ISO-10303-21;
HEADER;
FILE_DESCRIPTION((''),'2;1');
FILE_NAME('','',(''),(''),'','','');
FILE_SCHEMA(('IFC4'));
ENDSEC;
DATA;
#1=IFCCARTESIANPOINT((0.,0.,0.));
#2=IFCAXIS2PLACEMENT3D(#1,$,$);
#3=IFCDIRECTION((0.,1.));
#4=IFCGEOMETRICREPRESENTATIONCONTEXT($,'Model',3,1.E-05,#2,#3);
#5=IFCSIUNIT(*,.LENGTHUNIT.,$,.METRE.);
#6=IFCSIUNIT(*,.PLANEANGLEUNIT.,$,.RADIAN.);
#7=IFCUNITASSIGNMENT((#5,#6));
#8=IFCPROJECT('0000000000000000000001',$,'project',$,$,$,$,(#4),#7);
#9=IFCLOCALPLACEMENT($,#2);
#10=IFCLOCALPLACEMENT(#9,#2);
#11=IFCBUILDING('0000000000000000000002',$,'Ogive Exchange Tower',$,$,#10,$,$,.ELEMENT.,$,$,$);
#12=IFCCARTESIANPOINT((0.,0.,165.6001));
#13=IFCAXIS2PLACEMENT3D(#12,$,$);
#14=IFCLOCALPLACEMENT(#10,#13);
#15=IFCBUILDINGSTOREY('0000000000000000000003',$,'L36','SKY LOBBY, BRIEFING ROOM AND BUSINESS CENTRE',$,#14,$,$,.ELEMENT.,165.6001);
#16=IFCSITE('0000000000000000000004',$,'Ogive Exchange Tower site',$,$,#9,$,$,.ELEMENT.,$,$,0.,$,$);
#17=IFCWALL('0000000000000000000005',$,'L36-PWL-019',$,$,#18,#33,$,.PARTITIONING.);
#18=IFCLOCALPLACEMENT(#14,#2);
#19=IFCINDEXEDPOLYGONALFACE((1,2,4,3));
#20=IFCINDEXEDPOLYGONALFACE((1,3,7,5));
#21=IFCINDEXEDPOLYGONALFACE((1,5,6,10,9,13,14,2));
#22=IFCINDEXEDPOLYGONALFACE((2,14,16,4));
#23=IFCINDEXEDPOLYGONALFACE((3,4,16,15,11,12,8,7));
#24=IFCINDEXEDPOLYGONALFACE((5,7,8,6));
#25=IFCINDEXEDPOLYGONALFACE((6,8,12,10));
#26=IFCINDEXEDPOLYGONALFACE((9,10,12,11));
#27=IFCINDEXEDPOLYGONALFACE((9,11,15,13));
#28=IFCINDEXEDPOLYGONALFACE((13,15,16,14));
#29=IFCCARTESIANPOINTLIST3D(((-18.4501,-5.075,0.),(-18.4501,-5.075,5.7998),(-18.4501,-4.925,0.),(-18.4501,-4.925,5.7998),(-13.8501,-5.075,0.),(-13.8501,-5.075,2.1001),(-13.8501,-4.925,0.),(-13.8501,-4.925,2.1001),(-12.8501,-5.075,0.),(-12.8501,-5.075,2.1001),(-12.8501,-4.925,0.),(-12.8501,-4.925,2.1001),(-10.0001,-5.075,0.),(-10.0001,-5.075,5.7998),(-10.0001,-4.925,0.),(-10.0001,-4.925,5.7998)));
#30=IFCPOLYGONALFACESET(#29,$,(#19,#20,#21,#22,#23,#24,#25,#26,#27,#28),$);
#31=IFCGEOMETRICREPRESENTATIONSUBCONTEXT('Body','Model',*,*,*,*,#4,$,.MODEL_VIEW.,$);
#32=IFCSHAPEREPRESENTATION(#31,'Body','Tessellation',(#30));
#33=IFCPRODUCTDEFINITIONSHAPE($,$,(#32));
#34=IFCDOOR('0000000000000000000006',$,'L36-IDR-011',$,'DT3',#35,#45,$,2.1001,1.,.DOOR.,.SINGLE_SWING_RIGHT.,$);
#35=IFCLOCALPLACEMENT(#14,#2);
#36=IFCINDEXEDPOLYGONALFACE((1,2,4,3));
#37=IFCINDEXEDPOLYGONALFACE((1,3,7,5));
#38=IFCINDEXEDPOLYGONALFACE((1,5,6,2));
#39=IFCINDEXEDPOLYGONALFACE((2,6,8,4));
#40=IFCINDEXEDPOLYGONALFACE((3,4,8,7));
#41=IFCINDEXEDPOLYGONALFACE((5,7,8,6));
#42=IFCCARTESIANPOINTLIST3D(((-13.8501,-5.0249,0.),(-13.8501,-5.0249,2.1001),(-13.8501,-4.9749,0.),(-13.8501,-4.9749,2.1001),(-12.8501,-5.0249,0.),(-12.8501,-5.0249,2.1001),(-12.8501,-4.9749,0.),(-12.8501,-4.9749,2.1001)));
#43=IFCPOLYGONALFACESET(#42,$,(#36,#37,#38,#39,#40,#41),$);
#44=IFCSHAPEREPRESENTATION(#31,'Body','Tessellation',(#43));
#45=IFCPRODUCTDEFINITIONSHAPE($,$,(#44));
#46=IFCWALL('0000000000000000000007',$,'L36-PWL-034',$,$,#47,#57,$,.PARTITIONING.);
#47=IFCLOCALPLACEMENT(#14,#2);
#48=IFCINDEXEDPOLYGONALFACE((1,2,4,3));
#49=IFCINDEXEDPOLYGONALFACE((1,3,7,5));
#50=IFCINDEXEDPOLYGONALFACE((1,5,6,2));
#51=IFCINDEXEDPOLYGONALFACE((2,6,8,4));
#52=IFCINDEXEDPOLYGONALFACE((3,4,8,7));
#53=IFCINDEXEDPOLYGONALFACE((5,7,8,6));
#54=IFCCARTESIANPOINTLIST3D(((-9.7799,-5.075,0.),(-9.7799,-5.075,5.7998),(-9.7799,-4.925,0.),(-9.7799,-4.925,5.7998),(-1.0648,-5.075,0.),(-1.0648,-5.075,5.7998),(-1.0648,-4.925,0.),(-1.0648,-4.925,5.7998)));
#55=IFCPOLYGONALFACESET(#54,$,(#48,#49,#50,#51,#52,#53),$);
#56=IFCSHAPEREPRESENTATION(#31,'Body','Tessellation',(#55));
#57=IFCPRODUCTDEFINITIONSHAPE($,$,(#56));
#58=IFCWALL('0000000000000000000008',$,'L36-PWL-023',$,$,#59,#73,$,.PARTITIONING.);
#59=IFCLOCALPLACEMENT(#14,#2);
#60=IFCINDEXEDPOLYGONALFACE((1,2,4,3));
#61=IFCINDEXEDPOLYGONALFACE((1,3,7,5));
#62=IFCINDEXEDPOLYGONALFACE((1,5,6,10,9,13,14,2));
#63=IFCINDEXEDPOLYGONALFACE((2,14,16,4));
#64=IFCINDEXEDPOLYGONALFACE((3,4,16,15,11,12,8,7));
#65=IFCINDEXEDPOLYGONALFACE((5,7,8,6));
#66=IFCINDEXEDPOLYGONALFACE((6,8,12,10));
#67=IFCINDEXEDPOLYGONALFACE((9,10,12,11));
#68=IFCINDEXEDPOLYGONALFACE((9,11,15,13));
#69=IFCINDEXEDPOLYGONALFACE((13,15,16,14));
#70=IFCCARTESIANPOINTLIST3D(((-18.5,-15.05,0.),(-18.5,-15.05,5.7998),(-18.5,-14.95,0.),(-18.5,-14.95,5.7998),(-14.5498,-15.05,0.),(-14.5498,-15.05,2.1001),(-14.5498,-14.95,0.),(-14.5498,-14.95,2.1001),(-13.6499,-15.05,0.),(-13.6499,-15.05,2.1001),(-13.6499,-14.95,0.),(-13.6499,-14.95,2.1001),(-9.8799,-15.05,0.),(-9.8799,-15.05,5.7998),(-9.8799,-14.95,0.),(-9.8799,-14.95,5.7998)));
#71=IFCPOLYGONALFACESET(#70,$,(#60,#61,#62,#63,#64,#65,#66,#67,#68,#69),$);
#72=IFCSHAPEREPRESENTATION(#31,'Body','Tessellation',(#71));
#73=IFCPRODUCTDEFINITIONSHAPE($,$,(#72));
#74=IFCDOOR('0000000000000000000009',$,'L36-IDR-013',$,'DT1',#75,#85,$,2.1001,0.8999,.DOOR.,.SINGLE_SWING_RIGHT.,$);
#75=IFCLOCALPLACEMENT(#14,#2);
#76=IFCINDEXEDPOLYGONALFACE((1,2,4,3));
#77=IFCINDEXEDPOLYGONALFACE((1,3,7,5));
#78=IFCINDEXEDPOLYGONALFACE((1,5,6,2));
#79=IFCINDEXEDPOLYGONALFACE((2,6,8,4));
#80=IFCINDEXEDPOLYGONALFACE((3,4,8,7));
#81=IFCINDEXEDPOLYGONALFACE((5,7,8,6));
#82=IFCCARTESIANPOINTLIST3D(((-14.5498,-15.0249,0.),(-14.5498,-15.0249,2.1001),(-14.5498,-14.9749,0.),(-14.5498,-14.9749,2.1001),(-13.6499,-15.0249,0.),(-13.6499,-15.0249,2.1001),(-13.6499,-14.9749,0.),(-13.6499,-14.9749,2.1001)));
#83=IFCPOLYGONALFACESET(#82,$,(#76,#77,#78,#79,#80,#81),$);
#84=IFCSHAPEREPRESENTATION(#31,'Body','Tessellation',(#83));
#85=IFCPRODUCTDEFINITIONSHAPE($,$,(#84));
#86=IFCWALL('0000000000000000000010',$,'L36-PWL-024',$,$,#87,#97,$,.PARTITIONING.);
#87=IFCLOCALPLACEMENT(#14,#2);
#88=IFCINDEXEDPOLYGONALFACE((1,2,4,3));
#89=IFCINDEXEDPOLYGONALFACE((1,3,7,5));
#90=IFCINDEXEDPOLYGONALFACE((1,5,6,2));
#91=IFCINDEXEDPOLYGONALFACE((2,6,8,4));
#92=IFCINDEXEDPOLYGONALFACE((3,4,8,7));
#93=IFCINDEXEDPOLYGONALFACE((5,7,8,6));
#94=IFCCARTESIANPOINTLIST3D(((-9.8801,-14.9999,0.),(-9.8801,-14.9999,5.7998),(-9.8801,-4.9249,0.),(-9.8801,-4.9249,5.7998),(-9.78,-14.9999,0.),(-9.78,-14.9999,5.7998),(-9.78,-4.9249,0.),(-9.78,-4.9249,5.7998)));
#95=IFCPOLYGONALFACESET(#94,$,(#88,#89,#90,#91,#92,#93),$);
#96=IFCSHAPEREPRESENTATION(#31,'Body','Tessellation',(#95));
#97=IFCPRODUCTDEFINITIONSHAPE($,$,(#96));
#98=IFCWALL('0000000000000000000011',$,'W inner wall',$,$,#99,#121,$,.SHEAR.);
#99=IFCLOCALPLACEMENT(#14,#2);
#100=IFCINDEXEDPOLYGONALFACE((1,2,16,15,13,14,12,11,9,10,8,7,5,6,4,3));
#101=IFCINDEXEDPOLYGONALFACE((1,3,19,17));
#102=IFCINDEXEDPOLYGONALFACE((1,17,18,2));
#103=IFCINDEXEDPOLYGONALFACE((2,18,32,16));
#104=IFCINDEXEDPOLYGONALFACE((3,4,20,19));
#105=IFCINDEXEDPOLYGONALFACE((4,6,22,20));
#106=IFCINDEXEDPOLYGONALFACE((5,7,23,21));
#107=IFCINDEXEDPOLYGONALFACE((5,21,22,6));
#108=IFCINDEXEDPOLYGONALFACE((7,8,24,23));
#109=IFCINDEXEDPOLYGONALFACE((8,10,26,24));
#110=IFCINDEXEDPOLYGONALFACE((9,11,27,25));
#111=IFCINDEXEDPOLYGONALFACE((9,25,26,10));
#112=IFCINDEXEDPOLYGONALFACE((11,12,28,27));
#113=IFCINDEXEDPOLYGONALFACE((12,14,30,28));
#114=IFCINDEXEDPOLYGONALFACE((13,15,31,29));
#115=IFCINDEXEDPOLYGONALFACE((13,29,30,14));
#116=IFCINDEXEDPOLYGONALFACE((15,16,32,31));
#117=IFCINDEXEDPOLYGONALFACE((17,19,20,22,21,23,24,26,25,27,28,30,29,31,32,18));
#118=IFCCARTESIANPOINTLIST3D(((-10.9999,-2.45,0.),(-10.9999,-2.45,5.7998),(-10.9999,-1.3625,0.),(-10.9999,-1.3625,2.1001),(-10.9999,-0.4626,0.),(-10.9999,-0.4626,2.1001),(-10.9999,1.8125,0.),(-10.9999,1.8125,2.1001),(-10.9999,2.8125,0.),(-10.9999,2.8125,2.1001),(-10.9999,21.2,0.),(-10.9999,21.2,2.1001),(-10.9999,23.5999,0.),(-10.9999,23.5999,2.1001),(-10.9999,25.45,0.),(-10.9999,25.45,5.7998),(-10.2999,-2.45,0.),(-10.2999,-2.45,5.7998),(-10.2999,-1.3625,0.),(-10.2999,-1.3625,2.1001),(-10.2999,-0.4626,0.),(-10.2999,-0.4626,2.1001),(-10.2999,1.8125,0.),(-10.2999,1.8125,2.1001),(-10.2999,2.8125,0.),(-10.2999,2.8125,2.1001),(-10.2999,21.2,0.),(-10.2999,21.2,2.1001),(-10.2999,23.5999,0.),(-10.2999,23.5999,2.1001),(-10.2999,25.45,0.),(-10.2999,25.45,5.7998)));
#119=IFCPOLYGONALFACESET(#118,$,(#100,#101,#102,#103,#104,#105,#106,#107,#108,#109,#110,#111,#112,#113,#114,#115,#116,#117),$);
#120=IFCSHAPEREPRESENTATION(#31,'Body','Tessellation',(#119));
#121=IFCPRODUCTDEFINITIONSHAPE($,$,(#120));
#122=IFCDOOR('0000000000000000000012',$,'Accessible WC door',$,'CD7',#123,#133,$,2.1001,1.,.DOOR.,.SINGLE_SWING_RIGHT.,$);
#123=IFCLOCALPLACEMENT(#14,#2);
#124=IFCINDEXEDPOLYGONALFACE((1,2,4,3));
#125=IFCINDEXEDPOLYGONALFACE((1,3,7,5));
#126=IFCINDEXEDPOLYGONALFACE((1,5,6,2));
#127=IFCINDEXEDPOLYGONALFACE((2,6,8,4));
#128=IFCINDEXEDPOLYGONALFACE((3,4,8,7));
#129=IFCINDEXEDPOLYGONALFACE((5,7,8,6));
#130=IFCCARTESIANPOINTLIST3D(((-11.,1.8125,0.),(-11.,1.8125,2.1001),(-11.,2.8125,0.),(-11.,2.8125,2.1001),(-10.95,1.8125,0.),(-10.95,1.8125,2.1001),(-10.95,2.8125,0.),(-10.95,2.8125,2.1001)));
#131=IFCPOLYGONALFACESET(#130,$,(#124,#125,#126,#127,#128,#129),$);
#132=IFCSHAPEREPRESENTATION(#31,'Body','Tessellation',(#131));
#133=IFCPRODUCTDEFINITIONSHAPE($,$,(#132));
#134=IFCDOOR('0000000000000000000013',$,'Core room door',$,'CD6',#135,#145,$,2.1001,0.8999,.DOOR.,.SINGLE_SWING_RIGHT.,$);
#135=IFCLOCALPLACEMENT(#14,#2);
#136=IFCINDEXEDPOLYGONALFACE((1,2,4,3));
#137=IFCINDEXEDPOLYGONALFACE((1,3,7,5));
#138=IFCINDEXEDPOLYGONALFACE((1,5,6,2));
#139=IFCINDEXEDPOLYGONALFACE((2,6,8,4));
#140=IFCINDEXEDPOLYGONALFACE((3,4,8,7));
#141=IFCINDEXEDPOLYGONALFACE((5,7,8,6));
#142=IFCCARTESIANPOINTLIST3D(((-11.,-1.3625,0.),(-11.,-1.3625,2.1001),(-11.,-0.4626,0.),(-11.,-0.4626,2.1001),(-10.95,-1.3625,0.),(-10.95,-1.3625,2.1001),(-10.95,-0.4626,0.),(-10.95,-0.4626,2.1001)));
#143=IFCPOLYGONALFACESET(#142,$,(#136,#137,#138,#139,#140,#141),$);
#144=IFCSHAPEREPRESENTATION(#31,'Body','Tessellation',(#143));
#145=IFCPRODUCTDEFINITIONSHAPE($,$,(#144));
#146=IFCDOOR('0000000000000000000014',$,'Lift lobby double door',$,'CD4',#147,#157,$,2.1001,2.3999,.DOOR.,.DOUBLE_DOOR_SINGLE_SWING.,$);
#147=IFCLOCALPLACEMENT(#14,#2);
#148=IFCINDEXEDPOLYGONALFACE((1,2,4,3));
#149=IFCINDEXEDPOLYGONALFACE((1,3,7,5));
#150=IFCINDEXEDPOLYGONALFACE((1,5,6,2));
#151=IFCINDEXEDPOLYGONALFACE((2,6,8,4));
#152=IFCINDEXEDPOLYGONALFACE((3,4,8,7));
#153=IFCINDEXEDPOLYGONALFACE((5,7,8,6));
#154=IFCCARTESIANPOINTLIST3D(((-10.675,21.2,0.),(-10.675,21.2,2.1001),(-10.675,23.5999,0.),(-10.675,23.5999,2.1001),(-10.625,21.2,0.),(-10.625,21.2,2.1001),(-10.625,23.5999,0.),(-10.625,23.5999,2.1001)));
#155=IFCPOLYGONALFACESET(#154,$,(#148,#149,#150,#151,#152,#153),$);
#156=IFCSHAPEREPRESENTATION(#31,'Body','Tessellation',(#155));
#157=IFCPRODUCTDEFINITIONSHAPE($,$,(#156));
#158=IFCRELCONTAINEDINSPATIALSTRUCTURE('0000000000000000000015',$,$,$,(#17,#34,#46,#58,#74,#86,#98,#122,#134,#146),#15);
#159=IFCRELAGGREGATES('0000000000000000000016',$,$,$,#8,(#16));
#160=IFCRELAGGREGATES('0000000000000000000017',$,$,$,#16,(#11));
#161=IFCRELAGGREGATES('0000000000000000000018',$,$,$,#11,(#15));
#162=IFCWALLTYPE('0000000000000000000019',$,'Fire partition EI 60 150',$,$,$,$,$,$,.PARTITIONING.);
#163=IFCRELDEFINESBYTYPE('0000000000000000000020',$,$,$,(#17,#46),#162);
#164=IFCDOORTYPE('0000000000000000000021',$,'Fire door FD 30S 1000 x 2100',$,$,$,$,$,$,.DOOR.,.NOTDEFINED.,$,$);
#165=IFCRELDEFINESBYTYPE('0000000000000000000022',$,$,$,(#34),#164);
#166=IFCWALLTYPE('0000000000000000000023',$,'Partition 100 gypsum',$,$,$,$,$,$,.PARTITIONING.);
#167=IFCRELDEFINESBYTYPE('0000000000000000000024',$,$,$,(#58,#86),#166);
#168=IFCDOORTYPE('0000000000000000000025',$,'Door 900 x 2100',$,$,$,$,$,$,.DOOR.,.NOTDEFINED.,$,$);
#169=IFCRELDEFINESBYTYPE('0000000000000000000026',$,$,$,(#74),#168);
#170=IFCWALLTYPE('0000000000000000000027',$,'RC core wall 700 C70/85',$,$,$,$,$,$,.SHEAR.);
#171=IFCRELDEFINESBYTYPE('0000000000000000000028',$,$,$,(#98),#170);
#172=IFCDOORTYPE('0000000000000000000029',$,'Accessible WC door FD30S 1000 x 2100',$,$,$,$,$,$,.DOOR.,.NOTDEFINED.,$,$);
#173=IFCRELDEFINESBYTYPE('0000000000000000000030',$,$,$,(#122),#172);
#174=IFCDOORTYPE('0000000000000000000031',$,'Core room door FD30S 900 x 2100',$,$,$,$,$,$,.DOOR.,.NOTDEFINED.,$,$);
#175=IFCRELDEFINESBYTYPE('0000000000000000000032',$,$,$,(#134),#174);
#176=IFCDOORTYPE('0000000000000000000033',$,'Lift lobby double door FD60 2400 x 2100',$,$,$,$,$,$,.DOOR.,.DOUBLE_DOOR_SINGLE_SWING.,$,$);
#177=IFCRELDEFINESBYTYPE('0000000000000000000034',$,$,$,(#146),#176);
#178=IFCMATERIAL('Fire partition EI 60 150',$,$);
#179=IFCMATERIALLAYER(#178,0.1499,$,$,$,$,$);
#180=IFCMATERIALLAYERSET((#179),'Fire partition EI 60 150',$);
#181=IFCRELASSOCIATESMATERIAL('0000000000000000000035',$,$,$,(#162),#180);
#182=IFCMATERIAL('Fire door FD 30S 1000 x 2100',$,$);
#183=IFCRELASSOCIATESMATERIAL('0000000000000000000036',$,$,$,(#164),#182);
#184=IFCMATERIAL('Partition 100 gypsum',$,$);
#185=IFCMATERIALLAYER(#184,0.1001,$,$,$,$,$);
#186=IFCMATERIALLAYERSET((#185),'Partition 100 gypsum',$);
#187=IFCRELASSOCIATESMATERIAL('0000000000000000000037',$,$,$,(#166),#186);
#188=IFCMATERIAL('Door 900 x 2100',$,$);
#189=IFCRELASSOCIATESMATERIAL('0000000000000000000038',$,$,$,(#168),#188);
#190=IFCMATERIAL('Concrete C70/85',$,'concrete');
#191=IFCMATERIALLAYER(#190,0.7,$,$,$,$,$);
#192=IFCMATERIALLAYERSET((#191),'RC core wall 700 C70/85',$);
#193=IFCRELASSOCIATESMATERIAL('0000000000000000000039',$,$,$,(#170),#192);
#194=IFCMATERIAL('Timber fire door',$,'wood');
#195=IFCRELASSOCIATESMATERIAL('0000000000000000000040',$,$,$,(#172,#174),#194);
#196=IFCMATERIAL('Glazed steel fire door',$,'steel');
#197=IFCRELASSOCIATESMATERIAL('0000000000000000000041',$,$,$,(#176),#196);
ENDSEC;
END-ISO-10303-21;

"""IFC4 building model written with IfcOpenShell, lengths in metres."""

from ifc_helpers import new_model, si_unit, direction, frame, frame_2d, origin, place, context, subcontext, project, spatial, rectangle, extrude, material, layer, layer_set, type_object, element, fill, save


model = new_model("IFC4")

# Units and contexts
model_context = context("Model", 3, precision=1e-05, world=origin(), true_north=direction((0.0, 1.0)))
body_context = subcontext(model_context, "Body", "Model", "MODEL_VIEW")
ifc_project = project(units=[si_unit("LENGTHUNIT", "METRE"), si_unit("PLANEANGLEUNIT", "RADIAN")], contexts=[model_context])

# Site, building, storey
site_placement = place(None, origin())
site = spatial("IfcSite", under=ifc_project, at=site_placement, Name="Ogive Exchange Tower site", CompositionType="ELEMENT", RefElevation=0.0)
building_placement = place(site_placement, origin())
building = spatial("IfcBuilding", under=site, at=building_placement, Name="Ogive Exchange Tower", CompositionType="ELEMENT")
storey_placement = place(building_placement, frame((0.0, 0.0, 165.6001)))
storey = spatial("IfcBuildingStorey", under=building, at=storey_placement, Name="L36", Description="SKY LOBBY, BRIEFING ROOM AND BUSINESS CENTRE", CompositionType="ELEMENT", Elevation=165.6001)

# Wall, opening, door
ifc_material_1 = material(Name="Fire partition EI 60 150")
ifc_layer_1 = layer(ifc_material_1, 0.1499)
ifc_layer_set_1 = layer_set([ifc_layer_1], Name="Fire partition EI 60 150")
wall_type_1 = type_object("IfcWallType", Name="Fire partition EI 60 150", PredefinedType="PARTITIONING", material=ifc_layer_set_1)
wall_1_placement = place(storey_placement, frame((-10.0, -5.0, 0.0), z_axis=(0.0, 0.0, 1.0), x_axis=(-1.0, 0.0, 0.0)))
wall_1 = element("IfcWall", 1, at=wall_1_placement, inside=storey, type_object=wall_type_1, Name="L36-PWL-019", PredefinedType="PARTITIONING", context=body_context, shape_type="SweptSolid", body=[
    extrude(rectangle(XDim=8.45, YDim=0.1499, at=frame_2d((4.2251, 0.0))), origin(), (0.0, 0.0, 1.0), 5.7998),
])
opening_1_placement = place(wall_1_placement, frame((2.8501, 0.0, 0.0)))
opening_1 = element("IfcOpeningElement", 2, at=opening_1_placement, cuts=wall_1, PredefinedType="OPENING", context=body_context, shape_type="SweptSolid", body=[
    extrude(rectangle(XDim=1.0, YDim=2.1001, at=frame_2d((0.5, 1.05))), frame((0.0, 0.085, 0.0), z_axis=(0.0, -1.0, 0.0), x_axis=(1.0, 0.0, 0.0)), (0.0, 0.0, 1.0), 0.1699),
])
ifc_material_2 = material(Name="Fire door FD 30S 1000 x 2100")
door_type_1 = type_object("IfcDoorType", Name="Fire door FD 30S 1000 x 2100", OperationType="NOTDEFINED", PredefinedType="DOOR", material=ifc_material_2)
door_1_placement = place(opening_1_placement, origin())
door_1 = element("IfcDoor", 3, at=door_1_placement, inside=storey, type_object=door_type_1, Name="L36-IDR-011", ObjectType="DT3", OperationType="SINGLE_SWING_RIGHT", OverallHeight=2.1001, OverallWidth=1.0, PredefinedType="DOOR", context=body_context, shape_type="SweptSolid", body=[
    extrude(rectangle(XDim=1.0, YDim=2.1001, at=frame_2d((0.5, 1.05))), frame((0.0, 0.0249, 0.0), z_axis=(0.0, -1.0, 0.0), x_axis=(1.0, 0.0, 0.0)), (0.0, 0.0, 1.0), 0.05),
])
fill(opening_1, door_1)

# Wall
wall_2_placement = place(storey_placement, frame((-1.0649, -5.0, 0.0), z_axis=(0.0, 0.0, 1.0), x_axis=(-1.0, 0.0, 0.0)))
element("IfcWall", 4, at=wall_2_placement, inside=storey, type_object=wall_type_1, Name="L36-PWL-034", PredefinedType="PARTITIONING", context=body_context, shape_type="SweptSolid", body=[
    extrude(rectangle(XDim=8.7151, YDim=0.1499, at=frame_2d((4.3574, 0.0))), origin(), (0.0, 0.0, 1.0), 5.7998),
])

# Wall, opening, door
ifc_material_3 = material(Name="Partition 100 gypsum")
ifc_layer_2 = layer(ifc_material_3, 0.1001)
ifc_layer_set_2 = layer_set([ifc_layer_2], Name="Partition 100 gypsum")
wall_type_2 = type_object("IfcWallType", Name="Partition 100 gypsum", PredefinedType="PARTITIONING", material=ifc_layer_set_2)
wall_3_placement = place(storey_placement, frame((-9.8799, -15.0, 0.0), z_axis=(0.0, 0.0, 1.0), x_axis=(-1.0, 0.0, 0.0)))
wall_3 = element("IfcWall", 5, at=wall_3_placement, inside=storey, type_object=wall_type_2, Name="L36-PWL-023", PredefinedType="PARTITIONING", context=body_context, shape_type="SweptSolid", body=[
    extrude(rectangle(XDim=8.6201, YDim=0.1001, at=frame_2d((4.3101, 0.0))), origin(), (0.0, 0.0, 1.0), 5.7998),
])
opening_2_placement = place(wall_3_placement, frame((3.77, 0.0, 0.0)))
opening_2 = element("IfcOpeningElement", 6, at=opening_2_placement, cuts=wall_3, PredefinedType="OPENING", context=body_context, shape_type="SweptSolid", body=[
    extrude(rectangle(XDim=0.8999, YDim=2.1001, at=frame_2d((0.45, 1.05))), frame((0.0, 0.0601, 0.0), z_axis=(0.0, -1.0, 0.0), x_axis=(1.0, 0.0, 0.0)), (0.0, 0.0, 1.0), 0.1201),
])
ifc_material_4 = material(Name="Door 900 x 2100")
door_type_2 = type_object("IfcDoorType", Name="Door 900 x 2100", OperationType="NOTDEFINED", PredefinedType="DOOR", material=ifc_material_4)
door_2_placement = place(opening_2_placement, origin())
door_2 = element("IfcDoor", 7, at=door_2_placement, inside=storey, type_object=door_type_2, Name="L36-IDR-013", ObjectType="DT1", OperationType="SINGLE_SWING_RIGHT", OverallHeight=2.1001, OverallWidth=0.8999, PredefinedType="DOOR", context=body_context, shape_type="SweptSolid", body=[
    extrude(rectangle(XDim=0.8999, YDim=2.1001, at=frame_2d((0.45, 1.05))), frame((0.0, 0.0249, 0.0), z_axis=(0.0, -1.0, 0.0), x_axis=(1.0, 0.0, 0.0)), (0.0, 0.0, 1.0), 0.05),
])
fill(opening_2, door_2)

# Wall
wall_4_placement = place(storey_placement, frame((-9.8301, -15.0, 0.0), z_axis=(0.0, 0.0, 1.0), x_axis=(0.0, 1.0, 0.0)))
element("IfcWall", 8, at=wall_4_placement, inside=storey, type_object=wall_type_2, Name="L36-PWL-024", PredefinedType="PARTITIONING", context=body_context, shape_type="SweptSolid", body=[
    extrude(rectangle(XDim=10.075, YDim=0.1001, at=frame_2d((5.0376, 0.0))), origin(), (0.0, 0.0, 1.0), 5.7998),
])

# Wall, openings, doors
ifc_material_5 = material(Name="Concrete C70/85", Category="concrete")
ifc_layer_3 = layer(ifc_material_5, 0.7)
ifc_layer_set_3 = layer_set([ifc_layer_3], Name="RC core wall 700 C70/85")
wall_type_3 = type_object("IfcWallType", Name="RC core wall 700 C70/85", PredefinedType="SHEAR", material=ifc_layer_set_3)
wall_5_placement = place(storey_placement, frame((-10.6499, -2.45, 0.0), z_axis=(0.0, 0.0, 1.0), x_axis=(0.0, 1.0, 0.0)))
wall_5 = element("IfcWall", 9, at=wall_5_placement, inside=storey, type_object=wall_type_3, Name="W inner wall", PredefinedType="SHEAR", context=body_context, shape_type="SweptSolid", body=[
    extrude(rectangle(XDim=27.8999, YDim=0.7, at=frame_2d((13.95, 0.0))), origin(), (0.0, 0.0, 1.0), 5.7998),
])
opening_3_placement = place(wall_5_placement, frame((23.6499, 0.0, 0.0)))
opening_3 = element("IfcOpeningElement", 10, at=opening_3_placement, cuts=wall_5, PredefinedType="OPENING", context=body_context, shape_type="SweptSolid", body=[
    extrude(rectangle(XDim=2.3999, YDim=2.1001, at=frame_2d((1.2, 1.05))), frame((0.0, 0.3599, 0.0), z_axis=(0.0, -1.0, 0.0), x_axis=(1.0, 0.0, 0.0)), (0.0, 0.0, 1.0), 0.72),
])
opening_4_placement = place(wall_5_placement, frame((1.0874, 0.0, 0.0)))
opening_4 = element("IfcOpeningElement", 11, at=opening_4_placement, cuts=wall_5, PredefinedType="OPENING", context=body_context, shape_type="SweptSolid", body=[
    extrude(rectangle(XDim=0.8999, YDim=2.1001, at=frame_2d((0.45, 1.05))), frame((0.0, 0.3599, 0.0), z_axis=(0.0, -1.0, 0.0), x_axis=(1.0, 0.0, 0.0)), (0.0, 0.0, 1.0), 0.72),
])
opening_5_placement = place(wall_5_placement, frame((4.2625, 0.0, 0.0)))
opening_5 = element("IfcOpeningElement", 12, at=opening_5_placement, cuts=wall_5, PredefinedType="OPENING", context=body_context, shape_type="SweptSolid", body=[
    extrude(rectangle(XDim=1.0, YDim=2.1001, at=frame_2d((0.5, 1.05))), frame((0.0, 0.3599, 0.0), z_axis=(0.0, -1.0, 0.0), x_axis=(1.0, 0.0, 0.0)), (0.0, 0.0, 1.0), 0.72),
])
ifc_material_6 = material(Name="Timber fire door", Category="wood")
door_type_3 = type_object("IfcDoorType", Name="Accessible WC door FD30S 1000 x 2100", OperationType="NOTDEFINED", PredefinedType="DOOR", material=ifc_material_6)
door_3_placement = place(opening_5_placement, origin())
door_3 = element("IfcDoor", 13, at=door_3_placement, inside=storey, type_object=door_type_3, Name="Accessible WC door", ObjectType="CD7", OperationType="SINGLE_SWING_RIGHT", OverallHeight=2.1001, OverallWidth=1.0, PredefinedType="DOOR", context=body_context, shape_type="SweptSolid", body=[
    extrude(rectangle(XDim=1.0, YDim=2.1001, at=frame_2d((0.5, 1.05))), frame((0.0, 0.3501, 0.0), z_axis=(0.0, -1.0, 0.0), x_axis=(1.0, 0.0, 0.0)), (0.0, 0.0, 1.0), 0.05),
])
fill(opening_5, door_3)
door_type_4 = type_object("IfcDoorType", Name="Core room door FD30S 900 x 2100", OperationType="NOTDEFINED", PredefinedType="DOOR", material=ifc_material_6)
door_4_placement = place(opening_4_placement, origin())
door_4 = element("IfcDoor", 14, at=door_4_placement, inside=storey, type_object=door_type_4, Name="Core room door", ObjectType="CD6", OperationType="SINGLE_SWING_RIGHT", OverallHeight=2.1001, OverallWidth=0.8999, PredefinedType="DOOR", context=body_context, shape_type="SweptSolid", body=[
    extrude(rectangle(XDim=0.8999, YDim=2.1001, at=frame_2d((0.45, 1.05))), frame((0.0, 0.3501, 0.0), z_axis=(0.0, -1.0, 0.0), x_axis=(1.0, 0.0, 0.0)), (0.0, 0.0, 1.0), 0.05),
])
fill(opening_4, door_4)
ifc_material_7 = material(Name="Glazed steel fire door", Category="steel")
door_type_5 = type_object("IfcDoorType", Name="Lift lobby double door FD60 2400 x 2100", OperationType="DOUBLE_DOOR_SINGLE_SWING", PredefinedType="DOOR", material=ifc_material_7)
door_5_placement = place(opening_3_placement, frame((2.3999, 0.0, 0.0), z_axis=(0.0, 0.0, 1.0), x_axis=(-1.0, 0.0, 0.0)))
door_5 = element("IfcDoor", 15, at=door_5_placement, inside=storey, type_object=door_type_5, Name="Lift lobby double door", ObjectType="CD4", OperationType="DOUBLE_DOOR_SINGLE_SWING", OverallHeight=2.1001, OverallWidth=2.3999, PredefinedType="DOOR", context=body_context, shape_type="SweptSolid", body=[
    extrude(rectangle(XDim=2.3999, YDim=2.1001, at=frame_2d((1.2, 1.05))), frame((0.0, 0.0249, 0.0), z_axis=(0.0, -1.0, 0.0), x_axis=(1.0, 0.0, 0.0)), (0.0, 0.0, 1.0), 0.05),
])
fill(opening_3, door_5)

save(model, "model.ifc")
